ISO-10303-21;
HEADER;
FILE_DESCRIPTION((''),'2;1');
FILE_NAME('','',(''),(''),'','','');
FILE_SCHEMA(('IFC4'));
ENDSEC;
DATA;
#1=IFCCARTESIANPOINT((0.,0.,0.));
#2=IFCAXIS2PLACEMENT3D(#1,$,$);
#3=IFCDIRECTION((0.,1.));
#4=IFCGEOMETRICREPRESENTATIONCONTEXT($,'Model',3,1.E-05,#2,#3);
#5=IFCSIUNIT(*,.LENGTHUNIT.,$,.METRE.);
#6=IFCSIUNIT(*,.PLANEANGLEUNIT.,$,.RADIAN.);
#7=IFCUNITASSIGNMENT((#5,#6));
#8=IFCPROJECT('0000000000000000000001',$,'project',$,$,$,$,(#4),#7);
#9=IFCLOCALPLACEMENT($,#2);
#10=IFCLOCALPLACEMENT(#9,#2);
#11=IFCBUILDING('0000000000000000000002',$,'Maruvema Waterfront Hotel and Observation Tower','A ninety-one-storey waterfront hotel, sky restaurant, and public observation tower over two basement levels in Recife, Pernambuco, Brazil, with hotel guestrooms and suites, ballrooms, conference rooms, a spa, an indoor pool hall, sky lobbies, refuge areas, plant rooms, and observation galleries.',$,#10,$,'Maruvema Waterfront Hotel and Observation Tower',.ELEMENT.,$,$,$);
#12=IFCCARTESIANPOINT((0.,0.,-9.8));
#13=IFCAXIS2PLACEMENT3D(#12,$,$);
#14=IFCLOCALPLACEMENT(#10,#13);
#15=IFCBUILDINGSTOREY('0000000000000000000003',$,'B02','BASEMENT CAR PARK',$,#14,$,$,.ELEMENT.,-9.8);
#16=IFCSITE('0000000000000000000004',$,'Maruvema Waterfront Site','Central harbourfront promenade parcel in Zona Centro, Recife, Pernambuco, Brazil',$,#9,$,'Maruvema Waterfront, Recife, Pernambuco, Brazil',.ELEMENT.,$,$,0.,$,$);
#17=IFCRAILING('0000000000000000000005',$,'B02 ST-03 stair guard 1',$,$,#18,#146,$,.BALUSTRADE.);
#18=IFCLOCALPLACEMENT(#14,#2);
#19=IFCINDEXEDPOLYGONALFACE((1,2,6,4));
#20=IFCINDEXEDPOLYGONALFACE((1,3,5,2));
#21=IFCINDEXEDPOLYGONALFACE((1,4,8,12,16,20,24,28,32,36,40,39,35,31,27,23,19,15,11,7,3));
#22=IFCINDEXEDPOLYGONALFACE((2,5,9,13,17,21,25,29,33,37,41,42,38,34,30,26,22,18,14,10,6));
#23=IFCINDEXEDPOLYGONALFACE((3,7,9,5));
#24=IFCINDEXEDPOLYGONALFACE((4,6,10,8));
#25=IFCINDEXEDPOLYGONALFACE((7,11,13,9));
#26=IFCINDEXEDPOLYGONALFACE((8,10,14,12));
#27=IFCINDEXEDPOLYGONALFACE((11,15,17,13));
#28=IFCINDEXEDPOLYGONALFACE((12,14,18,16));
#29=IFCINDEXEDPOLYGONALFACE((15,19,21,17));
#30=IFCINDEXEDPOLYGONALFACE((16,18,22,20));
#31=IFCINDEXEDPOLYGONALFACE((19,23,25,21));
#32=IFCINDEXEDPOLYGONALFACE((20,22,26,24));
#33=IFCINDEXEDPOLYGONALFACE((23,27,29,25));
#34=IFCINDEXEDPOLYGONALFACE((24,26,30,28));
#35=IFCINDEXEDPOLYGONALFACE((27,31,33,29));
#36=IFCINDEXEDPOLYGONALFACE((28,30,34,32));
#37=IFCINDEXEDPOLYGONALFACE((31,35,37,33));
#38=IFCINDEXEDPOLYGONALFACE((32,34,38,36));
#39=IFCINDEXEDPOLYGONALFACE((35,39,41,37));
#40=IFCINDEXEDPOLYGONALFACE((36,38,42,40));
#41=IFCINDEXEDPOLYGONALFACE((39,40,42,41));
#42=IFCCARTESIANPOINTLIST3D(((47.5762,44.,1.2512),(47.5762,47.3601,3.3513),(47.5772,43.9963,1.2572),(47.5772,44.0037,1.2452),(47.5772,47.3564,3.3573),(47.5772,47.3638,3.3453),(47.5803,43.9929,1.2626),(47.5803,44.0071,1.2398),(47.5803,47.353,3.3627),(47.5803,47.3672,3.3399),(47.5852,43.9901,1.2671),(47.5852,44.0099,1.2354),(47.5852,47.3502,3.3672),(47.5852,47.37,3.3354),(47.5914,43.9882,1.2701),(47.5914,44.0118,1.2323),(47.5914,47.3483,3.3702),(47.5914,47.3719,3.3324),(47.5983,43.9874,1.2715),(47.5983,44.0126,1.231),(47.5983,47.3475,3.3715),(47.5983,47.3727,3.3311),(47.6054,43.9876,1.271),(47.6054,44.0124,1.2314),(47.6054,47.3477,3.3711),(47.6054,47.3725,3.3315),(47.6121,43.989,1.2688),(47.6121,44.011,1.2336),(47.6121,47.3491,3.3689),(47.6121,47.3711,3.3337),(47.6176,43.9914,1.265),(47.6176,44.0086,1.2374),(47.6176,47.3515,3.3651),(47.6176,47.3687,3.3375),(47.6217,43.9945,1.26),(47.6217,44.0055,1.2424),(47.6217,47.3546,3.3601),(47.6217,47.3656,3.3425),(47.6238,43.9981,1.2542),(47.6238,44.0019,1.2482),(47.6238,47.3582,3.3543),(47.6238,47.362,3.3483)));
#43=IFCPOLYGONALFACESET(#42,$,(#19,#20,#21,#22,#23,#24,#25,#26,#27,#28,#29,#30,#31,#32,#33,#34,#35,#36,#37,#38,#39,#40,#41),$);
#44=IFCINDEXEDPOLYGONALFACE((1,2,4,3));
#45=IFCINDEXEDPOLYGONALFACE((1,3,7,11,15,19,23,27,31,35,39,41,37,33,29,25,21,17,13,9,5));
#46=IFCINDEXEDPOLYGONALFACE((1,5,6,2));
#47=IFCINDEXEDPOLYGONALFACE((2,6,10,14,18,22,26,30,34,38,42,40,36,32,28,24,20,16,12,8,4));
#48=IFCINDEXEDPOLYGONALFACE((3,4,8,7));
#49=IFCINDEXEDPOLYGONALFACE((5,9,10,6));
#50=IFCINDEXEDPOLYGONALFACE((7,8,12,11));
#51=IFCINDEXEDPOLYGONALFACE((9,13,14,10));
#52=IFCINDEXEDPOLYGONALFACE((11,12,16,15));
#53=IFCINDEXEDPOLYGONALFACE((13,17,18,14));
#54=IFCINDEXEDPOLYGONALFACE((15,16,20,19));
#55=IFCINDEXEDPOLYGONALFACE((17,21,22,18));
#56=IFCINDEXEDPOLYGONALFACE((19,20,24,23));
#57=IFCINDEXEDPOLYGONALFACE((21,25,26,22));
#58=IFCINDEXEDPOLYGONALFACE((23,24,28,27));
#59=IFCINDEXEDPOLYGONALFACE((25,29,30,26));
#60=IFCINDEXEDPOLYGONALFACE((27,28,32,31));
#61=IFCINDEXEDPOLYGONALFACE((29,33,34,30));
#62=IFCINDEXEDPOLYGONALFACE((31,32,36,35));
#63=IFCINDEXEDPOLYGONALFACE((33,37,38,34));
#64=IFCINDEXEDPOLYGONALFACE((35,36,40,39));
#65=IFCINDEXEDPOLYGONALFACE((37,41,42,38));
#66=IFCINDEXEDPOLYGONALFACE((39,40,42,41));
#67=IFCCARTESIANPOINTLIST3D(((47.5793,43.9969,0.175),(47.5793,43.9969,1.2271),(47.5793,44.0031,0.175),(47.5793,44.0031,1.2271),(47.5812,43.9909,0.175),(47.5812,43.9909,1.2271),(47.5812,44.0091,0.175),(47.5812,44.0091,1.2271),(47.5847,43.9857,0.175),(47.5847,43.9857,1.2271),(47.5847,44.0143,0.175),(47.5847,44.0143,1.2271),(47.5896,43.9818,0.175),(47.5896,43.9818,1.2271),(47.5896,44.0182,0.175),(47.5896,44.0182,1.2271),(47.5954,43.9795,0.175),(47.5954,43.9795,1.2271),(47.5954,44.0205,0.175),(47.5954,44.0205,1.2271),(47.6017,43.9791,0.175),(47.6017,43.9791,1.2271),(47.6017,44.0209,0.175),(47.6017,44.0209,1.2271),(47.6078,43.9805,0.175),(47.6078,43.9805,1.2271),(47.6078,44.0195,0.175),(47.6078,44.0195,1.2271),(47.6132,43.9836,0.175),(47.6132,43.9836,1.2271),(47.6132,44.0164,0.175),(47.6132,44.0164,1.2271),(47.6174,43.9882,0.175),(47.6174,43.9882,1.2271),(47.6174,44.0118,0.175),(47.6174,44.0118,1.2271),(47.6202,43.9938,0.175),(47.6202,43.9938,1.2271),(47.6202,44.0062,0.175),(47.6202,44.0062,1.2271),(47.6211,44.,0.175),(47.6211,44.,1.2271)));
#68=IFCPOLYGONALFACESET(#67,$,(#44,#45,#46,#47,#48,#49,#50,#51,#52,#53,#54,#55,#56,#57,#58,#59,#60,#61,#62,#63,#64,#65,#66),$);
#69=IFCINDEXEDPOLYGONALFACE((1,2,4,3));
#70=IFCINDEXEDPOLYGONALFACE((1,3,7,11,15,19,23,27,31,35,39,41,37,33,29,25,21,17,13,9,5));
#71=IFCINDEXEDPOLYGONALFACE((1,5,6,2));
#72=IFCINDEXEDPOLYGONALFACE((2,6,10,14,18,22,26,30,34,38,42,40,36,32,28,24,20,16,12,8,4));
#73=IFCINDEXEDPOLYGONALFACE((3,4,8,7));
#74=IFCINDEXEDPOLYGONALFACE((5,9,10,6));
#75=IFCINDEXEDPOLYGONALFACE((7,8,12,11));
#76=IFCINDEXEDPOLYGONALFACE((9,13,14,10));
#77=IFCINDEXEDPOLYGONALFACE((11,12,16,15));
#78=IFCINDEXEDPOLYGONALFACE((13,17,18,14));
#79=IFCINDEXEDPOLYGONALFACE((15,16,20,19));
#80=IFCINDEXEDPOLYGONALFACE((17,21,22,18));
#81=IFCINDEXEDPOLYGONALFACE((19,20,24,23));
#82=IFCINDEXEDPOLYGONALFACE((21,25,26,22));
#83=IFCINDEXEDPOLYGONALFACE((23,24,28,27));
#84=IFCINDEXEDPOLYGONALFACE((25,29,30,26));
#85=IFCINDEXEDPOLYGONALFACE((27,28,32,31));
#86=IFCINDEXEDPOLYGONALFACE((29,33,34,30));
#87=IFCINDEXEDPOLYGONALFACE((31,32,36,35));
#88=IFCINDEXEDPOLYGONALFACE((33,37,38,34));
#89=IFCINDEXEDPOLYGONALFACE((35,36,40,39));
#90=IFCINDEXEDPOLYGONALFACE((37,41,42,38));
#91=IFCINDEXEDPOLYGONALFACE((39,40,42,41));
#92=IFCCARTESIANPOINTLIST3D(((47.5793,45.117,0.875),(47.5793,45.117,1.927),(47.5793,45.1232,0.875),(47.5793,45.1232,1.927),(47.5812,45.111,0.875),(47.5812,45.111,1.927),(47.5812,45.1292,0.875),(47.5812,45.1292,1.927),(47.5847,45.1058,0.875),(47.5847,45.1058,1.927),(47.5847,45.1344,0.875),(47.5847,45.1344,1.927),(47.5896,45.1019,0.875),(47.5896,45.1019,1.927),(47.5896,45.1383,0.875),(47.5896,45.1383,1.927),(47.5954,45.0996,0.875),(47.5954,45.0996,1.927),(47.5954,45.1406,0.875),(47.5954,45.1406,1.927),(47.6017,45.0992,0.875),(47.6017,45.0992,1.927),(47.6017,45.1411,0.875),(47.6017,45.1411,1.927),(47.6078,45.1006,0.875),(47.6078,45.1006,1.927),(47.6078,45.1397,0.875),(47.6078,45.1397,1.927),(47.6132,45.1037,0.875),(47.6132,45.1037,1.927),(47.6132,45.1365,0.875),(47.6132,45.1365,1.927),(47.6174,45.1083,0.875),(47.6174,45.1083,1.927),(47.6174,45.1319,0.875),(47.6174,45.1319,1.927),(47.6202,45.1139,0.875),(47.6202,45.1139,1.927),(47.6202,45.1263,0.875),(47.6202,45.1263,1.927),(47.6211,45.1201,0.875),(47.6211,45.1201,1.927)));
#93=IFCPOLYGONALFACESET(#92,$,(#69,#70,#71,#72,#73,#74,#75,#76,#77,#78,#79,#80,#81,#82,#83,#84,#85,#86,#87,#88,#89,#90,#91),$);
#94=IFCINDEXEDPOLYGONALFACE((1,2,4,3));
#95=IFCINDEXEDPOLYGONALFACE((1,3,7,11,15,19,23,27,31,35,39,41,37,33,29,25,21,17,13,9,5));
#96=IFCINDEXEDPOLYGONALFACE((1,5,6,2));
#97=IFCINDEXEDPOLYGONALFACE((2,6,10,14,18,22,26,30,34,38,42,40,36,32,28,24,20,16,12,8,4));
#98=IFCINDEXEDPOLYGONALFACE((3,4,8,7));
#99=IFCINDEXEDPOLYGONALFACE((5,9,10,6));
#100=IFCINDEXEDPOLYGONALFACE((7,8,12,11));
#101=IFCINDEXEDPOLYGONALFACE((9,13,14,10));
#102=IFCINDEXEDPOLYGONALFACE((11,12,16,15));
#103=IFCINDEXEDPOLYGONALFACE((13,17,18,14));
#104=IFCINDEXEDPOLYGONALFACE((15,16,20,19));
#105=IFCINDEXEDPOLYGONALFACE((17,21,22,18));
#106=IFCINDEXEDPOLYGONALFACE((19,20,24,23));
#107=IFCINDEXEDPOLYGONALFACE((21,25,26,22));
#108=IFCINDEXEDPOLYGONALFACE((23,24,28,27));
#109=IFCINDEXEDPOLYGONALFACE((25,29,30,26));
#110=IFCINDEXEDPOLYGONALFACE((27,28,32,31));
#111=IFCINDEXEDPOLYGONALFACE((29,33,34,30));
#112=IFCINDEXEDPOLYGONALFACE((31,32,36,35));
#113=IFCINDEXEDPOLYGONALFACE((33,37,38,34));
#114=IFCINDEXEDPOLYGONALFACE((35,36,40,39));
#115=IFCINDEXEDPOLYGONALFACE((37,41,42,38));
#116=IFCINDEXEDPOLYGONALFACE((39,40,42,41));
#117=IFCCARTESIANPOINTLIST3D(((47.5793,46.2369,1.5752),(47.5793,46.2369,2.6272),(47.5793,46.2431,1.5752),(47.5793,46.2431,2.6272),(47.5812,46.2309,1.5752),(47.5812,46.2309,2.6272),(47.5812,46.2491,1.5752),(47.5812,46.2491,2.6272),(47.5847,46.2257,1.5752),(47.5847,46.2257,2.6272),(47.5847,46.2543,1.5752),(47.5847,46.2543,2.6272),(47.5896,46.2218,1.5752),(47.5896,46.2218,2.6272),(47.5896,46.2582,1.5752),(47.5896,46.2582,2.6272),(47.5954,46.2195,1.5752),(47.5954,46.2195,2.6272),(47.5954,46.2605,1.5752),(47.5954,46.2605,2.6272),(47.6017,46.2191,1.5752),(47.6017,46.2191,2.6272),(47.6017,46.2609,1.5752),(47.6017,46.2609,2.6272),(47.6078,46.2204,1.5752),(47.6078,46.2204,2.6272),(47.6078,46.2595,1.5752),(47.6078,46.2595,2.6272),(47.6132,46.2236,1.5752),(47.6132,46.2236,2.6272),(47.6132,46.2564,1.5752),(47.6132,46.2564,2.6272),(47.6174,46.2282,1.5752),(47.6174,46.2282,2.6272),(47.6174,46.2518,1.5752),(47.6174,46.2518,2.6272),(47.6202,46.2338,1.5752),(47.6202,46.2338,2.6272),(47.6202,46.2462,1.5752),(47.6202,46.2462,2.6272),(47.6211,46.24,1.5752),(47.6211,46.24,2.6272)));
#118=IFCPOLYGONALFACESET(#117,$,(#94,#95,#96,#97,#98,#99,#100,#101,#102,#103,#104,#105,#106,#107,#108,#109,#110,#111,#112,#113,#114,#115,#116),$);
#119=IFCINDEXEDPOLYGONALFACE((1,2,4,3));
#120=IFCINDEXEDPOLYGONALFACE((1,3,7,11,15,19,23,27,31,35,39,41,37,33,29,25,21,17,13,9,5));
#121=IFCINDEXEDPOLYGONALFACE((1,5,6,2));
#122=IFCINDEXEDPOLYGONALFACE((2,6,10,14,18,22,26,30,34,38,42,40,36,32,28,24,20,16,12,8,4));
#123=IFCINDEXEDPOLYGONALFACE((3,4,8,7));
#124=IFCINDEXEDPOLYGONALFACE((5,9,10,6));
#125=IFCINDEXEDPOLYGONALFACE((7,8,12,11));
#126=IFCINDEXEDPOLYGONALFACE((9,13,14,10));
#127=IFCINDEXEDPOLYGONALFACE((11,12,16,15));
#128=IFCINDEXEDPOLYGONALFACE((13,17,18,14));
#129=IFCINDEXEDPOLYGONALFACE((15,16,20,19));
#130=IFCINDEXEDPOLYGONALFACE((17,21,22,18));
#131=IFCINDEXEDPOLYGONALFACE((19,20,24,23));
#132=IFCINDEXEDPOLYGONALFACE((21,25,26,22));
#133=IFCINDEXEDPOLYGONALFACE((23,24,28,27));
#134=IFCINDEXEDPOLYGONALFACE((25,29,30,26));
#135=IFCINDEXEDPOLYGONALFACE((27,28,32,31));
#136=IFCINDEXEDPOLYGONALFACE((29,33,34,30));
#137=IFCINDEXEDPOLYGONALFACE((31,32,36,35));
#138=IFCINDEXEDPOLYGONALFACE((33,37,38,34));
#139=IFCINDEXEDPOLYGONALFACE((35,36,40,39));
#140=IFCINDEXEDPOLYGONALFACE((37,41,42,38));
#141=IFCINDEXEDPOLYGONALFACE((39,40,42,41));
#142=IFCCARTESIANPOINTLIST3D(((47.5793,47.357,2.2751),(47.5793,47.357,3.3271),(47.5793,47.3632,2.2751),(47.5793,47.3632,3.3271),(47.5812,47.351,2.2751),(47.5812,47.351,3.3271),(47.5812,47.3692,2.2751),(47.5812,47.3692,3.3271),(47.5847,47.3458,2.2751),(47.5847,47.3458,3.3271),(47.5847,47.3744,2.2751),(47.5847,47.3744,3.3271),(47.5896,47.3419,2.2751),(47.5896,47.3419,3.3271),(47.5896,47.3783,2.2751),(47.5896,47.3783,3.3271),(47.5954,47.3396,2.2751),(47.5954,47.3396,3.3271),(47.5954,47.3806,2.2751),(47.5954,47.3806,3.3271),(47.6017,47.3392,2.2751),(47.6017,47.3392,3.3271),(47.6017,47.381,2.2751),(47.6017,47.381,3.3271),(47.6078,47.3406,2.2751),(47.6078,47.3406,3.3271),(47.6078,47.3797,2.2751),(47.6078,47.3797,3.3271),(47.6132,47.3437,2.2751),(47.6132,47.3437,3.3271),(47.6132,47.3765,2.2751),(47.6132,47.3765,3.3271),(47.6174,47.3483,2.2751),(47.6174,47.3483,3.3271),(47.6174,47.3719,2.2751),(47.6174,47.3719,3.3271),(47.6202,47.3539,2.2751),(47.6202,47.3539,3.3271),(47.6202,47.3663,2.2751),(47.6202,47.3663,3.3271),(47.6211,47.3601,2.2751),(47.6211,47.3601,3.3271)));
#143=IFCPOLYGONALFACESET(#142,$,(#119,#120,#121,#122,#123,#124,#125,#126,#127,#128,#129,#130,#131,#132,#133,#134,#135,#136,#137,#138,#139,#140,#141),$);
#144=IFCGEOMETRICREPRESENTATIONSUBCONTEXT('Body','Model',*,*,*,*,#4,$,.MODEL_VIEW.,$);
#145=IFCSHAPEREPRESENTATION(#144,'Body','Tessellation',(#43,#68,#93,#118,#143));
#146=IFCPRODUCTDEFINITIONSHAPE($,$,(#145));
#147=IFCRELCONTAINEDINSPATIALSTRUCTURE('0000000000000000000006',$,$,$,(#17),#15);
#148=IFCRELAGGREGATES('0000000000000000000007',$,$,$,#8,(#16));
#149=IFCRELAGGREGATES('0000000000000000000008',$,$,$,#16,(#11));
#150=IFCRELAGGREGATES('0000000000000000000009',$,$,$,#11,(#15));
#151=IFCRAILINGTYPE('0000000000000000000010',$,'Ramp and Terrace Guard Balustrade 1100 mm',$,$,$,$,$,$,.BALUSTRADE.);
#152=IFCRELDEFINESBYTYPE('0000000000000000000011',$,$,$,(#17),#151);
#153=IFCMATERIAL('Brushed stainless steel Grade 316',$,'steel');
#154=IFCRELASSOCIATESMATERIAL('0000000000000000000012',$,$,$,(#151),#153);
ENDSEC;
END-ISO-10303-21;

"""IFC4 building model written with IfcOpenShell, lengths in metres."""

from ifc_helpers import new_model, si_unit, direction, frame, origin, origin_2d, place, context, subcontext, project, spatial, circle, extrude, material, type_object, element, save


model = new_model("IFC4")

# Units and contexts
model_context = context("Model", 3, precision=1e-05, world=origin(), true_north=direction((0.0, 1.0)))
body_context = subcontext(model_context, "Body", "Model", "MODEL_VIEW")
ifc_project = project(units=[si_unit("LENGTHUNIT", "METRE"), si_unit("PLANEANGLEUNIT", "RADIAN")], contexts=[model_context])

# Site, building, storey
site_placement = place(None, origin())
site = spatial("IfcSite", under=ifc_project, at=site_placement, Name="Maruvema Waterfront Site", Description="Central harbourfront promenade parcel in Zona Centro, Recife, Pernambuco, Brazil", LongName="Maruvema Waterfront, Recife, Pernambuco, Brazil", CompositionType="ELEMENT", RefElevation=0.0)
building_placement = place(site_placement, origin())
building = spatial("IfcBuilding", under=site, at=building_placement, Name="Maruvema Waterfront Hotel and Observation Tower", Description="A ninety-one-storey waterfront hotel, sky restaurant, and public observation tower over two basement levels in Recife, Pernambuco, Brazil, with hotel guestrooms and suites, ballrooms, conference rooms, a spa, an indoor pool hall, sky lobbies, refuge areas, plant rooms, and observation galleries.", LongName="Maruvema Waterfront Hotel and Observation Tower", CompositionType="ELEMENT")
storey_placement = place(building_placement, frame((0.0, 0.0, -9.8)))
storey = spatial("IfcBuildingStorey", under=building, at=storey_placement, Name="B02", Description="BASEMENT CAR PARK", CompositionType="ELEMENT", Elevation=-9.8)

# Railing
ifc_material_1 = material(Name="Brushed stainless steel Grade 316", Category="steel")
railing_type_1 = type_object("IfcRailingType", Name="Ramp and Terrace Guard Balustrade 1100 mm", PredefinedType="BALUSTRADE", material=ifc_material_1)
railing_1_placement = place(storey_placement, frame((47.6001, 44.0, 0.175)))
element("IfcRailing", 1, at=railing_1_placement, inside=storey, type_object=railing_type_1, Name="B02 ST-03 stair guard 1", PredefinedType="BALUSTRADE", context=body_context, shape_type="SweptSolid", body=[
    extrude(circle(Radius=0.0239, at=origin_2d()), frame((0.0, 0.0, 1.0762), z_axis=(0.0, 0.847995, 0.530004), x_axis=(-1.0, 0.0, 0.0)), (0.0, 0.0, 1.0), 3.9624),
    extrude(circle(Radius=0.021, at=origin_2d()), origin(), (0.0, 0.0, 1.0), 1.052),
    extrude(circle(Radius=0.021, at=origin_2d()), frame((0.0, 1.1201, 0.7)), (0.0, 0.0, 1.0), 1.052),
    extrude(circle(Radius=0.021, at=origin_2d()), frame((0.0, 2.24, 1.4001)), (0.0, 0.0, 1.0), 1.052),
    extrude(circle(Radius=0.021, at=origin_2d()), frame((0.0, 3.3601, 2.1001)), (0.0, 0.0, 1.0), 1.052),
])

save(model, "model.ifc")
